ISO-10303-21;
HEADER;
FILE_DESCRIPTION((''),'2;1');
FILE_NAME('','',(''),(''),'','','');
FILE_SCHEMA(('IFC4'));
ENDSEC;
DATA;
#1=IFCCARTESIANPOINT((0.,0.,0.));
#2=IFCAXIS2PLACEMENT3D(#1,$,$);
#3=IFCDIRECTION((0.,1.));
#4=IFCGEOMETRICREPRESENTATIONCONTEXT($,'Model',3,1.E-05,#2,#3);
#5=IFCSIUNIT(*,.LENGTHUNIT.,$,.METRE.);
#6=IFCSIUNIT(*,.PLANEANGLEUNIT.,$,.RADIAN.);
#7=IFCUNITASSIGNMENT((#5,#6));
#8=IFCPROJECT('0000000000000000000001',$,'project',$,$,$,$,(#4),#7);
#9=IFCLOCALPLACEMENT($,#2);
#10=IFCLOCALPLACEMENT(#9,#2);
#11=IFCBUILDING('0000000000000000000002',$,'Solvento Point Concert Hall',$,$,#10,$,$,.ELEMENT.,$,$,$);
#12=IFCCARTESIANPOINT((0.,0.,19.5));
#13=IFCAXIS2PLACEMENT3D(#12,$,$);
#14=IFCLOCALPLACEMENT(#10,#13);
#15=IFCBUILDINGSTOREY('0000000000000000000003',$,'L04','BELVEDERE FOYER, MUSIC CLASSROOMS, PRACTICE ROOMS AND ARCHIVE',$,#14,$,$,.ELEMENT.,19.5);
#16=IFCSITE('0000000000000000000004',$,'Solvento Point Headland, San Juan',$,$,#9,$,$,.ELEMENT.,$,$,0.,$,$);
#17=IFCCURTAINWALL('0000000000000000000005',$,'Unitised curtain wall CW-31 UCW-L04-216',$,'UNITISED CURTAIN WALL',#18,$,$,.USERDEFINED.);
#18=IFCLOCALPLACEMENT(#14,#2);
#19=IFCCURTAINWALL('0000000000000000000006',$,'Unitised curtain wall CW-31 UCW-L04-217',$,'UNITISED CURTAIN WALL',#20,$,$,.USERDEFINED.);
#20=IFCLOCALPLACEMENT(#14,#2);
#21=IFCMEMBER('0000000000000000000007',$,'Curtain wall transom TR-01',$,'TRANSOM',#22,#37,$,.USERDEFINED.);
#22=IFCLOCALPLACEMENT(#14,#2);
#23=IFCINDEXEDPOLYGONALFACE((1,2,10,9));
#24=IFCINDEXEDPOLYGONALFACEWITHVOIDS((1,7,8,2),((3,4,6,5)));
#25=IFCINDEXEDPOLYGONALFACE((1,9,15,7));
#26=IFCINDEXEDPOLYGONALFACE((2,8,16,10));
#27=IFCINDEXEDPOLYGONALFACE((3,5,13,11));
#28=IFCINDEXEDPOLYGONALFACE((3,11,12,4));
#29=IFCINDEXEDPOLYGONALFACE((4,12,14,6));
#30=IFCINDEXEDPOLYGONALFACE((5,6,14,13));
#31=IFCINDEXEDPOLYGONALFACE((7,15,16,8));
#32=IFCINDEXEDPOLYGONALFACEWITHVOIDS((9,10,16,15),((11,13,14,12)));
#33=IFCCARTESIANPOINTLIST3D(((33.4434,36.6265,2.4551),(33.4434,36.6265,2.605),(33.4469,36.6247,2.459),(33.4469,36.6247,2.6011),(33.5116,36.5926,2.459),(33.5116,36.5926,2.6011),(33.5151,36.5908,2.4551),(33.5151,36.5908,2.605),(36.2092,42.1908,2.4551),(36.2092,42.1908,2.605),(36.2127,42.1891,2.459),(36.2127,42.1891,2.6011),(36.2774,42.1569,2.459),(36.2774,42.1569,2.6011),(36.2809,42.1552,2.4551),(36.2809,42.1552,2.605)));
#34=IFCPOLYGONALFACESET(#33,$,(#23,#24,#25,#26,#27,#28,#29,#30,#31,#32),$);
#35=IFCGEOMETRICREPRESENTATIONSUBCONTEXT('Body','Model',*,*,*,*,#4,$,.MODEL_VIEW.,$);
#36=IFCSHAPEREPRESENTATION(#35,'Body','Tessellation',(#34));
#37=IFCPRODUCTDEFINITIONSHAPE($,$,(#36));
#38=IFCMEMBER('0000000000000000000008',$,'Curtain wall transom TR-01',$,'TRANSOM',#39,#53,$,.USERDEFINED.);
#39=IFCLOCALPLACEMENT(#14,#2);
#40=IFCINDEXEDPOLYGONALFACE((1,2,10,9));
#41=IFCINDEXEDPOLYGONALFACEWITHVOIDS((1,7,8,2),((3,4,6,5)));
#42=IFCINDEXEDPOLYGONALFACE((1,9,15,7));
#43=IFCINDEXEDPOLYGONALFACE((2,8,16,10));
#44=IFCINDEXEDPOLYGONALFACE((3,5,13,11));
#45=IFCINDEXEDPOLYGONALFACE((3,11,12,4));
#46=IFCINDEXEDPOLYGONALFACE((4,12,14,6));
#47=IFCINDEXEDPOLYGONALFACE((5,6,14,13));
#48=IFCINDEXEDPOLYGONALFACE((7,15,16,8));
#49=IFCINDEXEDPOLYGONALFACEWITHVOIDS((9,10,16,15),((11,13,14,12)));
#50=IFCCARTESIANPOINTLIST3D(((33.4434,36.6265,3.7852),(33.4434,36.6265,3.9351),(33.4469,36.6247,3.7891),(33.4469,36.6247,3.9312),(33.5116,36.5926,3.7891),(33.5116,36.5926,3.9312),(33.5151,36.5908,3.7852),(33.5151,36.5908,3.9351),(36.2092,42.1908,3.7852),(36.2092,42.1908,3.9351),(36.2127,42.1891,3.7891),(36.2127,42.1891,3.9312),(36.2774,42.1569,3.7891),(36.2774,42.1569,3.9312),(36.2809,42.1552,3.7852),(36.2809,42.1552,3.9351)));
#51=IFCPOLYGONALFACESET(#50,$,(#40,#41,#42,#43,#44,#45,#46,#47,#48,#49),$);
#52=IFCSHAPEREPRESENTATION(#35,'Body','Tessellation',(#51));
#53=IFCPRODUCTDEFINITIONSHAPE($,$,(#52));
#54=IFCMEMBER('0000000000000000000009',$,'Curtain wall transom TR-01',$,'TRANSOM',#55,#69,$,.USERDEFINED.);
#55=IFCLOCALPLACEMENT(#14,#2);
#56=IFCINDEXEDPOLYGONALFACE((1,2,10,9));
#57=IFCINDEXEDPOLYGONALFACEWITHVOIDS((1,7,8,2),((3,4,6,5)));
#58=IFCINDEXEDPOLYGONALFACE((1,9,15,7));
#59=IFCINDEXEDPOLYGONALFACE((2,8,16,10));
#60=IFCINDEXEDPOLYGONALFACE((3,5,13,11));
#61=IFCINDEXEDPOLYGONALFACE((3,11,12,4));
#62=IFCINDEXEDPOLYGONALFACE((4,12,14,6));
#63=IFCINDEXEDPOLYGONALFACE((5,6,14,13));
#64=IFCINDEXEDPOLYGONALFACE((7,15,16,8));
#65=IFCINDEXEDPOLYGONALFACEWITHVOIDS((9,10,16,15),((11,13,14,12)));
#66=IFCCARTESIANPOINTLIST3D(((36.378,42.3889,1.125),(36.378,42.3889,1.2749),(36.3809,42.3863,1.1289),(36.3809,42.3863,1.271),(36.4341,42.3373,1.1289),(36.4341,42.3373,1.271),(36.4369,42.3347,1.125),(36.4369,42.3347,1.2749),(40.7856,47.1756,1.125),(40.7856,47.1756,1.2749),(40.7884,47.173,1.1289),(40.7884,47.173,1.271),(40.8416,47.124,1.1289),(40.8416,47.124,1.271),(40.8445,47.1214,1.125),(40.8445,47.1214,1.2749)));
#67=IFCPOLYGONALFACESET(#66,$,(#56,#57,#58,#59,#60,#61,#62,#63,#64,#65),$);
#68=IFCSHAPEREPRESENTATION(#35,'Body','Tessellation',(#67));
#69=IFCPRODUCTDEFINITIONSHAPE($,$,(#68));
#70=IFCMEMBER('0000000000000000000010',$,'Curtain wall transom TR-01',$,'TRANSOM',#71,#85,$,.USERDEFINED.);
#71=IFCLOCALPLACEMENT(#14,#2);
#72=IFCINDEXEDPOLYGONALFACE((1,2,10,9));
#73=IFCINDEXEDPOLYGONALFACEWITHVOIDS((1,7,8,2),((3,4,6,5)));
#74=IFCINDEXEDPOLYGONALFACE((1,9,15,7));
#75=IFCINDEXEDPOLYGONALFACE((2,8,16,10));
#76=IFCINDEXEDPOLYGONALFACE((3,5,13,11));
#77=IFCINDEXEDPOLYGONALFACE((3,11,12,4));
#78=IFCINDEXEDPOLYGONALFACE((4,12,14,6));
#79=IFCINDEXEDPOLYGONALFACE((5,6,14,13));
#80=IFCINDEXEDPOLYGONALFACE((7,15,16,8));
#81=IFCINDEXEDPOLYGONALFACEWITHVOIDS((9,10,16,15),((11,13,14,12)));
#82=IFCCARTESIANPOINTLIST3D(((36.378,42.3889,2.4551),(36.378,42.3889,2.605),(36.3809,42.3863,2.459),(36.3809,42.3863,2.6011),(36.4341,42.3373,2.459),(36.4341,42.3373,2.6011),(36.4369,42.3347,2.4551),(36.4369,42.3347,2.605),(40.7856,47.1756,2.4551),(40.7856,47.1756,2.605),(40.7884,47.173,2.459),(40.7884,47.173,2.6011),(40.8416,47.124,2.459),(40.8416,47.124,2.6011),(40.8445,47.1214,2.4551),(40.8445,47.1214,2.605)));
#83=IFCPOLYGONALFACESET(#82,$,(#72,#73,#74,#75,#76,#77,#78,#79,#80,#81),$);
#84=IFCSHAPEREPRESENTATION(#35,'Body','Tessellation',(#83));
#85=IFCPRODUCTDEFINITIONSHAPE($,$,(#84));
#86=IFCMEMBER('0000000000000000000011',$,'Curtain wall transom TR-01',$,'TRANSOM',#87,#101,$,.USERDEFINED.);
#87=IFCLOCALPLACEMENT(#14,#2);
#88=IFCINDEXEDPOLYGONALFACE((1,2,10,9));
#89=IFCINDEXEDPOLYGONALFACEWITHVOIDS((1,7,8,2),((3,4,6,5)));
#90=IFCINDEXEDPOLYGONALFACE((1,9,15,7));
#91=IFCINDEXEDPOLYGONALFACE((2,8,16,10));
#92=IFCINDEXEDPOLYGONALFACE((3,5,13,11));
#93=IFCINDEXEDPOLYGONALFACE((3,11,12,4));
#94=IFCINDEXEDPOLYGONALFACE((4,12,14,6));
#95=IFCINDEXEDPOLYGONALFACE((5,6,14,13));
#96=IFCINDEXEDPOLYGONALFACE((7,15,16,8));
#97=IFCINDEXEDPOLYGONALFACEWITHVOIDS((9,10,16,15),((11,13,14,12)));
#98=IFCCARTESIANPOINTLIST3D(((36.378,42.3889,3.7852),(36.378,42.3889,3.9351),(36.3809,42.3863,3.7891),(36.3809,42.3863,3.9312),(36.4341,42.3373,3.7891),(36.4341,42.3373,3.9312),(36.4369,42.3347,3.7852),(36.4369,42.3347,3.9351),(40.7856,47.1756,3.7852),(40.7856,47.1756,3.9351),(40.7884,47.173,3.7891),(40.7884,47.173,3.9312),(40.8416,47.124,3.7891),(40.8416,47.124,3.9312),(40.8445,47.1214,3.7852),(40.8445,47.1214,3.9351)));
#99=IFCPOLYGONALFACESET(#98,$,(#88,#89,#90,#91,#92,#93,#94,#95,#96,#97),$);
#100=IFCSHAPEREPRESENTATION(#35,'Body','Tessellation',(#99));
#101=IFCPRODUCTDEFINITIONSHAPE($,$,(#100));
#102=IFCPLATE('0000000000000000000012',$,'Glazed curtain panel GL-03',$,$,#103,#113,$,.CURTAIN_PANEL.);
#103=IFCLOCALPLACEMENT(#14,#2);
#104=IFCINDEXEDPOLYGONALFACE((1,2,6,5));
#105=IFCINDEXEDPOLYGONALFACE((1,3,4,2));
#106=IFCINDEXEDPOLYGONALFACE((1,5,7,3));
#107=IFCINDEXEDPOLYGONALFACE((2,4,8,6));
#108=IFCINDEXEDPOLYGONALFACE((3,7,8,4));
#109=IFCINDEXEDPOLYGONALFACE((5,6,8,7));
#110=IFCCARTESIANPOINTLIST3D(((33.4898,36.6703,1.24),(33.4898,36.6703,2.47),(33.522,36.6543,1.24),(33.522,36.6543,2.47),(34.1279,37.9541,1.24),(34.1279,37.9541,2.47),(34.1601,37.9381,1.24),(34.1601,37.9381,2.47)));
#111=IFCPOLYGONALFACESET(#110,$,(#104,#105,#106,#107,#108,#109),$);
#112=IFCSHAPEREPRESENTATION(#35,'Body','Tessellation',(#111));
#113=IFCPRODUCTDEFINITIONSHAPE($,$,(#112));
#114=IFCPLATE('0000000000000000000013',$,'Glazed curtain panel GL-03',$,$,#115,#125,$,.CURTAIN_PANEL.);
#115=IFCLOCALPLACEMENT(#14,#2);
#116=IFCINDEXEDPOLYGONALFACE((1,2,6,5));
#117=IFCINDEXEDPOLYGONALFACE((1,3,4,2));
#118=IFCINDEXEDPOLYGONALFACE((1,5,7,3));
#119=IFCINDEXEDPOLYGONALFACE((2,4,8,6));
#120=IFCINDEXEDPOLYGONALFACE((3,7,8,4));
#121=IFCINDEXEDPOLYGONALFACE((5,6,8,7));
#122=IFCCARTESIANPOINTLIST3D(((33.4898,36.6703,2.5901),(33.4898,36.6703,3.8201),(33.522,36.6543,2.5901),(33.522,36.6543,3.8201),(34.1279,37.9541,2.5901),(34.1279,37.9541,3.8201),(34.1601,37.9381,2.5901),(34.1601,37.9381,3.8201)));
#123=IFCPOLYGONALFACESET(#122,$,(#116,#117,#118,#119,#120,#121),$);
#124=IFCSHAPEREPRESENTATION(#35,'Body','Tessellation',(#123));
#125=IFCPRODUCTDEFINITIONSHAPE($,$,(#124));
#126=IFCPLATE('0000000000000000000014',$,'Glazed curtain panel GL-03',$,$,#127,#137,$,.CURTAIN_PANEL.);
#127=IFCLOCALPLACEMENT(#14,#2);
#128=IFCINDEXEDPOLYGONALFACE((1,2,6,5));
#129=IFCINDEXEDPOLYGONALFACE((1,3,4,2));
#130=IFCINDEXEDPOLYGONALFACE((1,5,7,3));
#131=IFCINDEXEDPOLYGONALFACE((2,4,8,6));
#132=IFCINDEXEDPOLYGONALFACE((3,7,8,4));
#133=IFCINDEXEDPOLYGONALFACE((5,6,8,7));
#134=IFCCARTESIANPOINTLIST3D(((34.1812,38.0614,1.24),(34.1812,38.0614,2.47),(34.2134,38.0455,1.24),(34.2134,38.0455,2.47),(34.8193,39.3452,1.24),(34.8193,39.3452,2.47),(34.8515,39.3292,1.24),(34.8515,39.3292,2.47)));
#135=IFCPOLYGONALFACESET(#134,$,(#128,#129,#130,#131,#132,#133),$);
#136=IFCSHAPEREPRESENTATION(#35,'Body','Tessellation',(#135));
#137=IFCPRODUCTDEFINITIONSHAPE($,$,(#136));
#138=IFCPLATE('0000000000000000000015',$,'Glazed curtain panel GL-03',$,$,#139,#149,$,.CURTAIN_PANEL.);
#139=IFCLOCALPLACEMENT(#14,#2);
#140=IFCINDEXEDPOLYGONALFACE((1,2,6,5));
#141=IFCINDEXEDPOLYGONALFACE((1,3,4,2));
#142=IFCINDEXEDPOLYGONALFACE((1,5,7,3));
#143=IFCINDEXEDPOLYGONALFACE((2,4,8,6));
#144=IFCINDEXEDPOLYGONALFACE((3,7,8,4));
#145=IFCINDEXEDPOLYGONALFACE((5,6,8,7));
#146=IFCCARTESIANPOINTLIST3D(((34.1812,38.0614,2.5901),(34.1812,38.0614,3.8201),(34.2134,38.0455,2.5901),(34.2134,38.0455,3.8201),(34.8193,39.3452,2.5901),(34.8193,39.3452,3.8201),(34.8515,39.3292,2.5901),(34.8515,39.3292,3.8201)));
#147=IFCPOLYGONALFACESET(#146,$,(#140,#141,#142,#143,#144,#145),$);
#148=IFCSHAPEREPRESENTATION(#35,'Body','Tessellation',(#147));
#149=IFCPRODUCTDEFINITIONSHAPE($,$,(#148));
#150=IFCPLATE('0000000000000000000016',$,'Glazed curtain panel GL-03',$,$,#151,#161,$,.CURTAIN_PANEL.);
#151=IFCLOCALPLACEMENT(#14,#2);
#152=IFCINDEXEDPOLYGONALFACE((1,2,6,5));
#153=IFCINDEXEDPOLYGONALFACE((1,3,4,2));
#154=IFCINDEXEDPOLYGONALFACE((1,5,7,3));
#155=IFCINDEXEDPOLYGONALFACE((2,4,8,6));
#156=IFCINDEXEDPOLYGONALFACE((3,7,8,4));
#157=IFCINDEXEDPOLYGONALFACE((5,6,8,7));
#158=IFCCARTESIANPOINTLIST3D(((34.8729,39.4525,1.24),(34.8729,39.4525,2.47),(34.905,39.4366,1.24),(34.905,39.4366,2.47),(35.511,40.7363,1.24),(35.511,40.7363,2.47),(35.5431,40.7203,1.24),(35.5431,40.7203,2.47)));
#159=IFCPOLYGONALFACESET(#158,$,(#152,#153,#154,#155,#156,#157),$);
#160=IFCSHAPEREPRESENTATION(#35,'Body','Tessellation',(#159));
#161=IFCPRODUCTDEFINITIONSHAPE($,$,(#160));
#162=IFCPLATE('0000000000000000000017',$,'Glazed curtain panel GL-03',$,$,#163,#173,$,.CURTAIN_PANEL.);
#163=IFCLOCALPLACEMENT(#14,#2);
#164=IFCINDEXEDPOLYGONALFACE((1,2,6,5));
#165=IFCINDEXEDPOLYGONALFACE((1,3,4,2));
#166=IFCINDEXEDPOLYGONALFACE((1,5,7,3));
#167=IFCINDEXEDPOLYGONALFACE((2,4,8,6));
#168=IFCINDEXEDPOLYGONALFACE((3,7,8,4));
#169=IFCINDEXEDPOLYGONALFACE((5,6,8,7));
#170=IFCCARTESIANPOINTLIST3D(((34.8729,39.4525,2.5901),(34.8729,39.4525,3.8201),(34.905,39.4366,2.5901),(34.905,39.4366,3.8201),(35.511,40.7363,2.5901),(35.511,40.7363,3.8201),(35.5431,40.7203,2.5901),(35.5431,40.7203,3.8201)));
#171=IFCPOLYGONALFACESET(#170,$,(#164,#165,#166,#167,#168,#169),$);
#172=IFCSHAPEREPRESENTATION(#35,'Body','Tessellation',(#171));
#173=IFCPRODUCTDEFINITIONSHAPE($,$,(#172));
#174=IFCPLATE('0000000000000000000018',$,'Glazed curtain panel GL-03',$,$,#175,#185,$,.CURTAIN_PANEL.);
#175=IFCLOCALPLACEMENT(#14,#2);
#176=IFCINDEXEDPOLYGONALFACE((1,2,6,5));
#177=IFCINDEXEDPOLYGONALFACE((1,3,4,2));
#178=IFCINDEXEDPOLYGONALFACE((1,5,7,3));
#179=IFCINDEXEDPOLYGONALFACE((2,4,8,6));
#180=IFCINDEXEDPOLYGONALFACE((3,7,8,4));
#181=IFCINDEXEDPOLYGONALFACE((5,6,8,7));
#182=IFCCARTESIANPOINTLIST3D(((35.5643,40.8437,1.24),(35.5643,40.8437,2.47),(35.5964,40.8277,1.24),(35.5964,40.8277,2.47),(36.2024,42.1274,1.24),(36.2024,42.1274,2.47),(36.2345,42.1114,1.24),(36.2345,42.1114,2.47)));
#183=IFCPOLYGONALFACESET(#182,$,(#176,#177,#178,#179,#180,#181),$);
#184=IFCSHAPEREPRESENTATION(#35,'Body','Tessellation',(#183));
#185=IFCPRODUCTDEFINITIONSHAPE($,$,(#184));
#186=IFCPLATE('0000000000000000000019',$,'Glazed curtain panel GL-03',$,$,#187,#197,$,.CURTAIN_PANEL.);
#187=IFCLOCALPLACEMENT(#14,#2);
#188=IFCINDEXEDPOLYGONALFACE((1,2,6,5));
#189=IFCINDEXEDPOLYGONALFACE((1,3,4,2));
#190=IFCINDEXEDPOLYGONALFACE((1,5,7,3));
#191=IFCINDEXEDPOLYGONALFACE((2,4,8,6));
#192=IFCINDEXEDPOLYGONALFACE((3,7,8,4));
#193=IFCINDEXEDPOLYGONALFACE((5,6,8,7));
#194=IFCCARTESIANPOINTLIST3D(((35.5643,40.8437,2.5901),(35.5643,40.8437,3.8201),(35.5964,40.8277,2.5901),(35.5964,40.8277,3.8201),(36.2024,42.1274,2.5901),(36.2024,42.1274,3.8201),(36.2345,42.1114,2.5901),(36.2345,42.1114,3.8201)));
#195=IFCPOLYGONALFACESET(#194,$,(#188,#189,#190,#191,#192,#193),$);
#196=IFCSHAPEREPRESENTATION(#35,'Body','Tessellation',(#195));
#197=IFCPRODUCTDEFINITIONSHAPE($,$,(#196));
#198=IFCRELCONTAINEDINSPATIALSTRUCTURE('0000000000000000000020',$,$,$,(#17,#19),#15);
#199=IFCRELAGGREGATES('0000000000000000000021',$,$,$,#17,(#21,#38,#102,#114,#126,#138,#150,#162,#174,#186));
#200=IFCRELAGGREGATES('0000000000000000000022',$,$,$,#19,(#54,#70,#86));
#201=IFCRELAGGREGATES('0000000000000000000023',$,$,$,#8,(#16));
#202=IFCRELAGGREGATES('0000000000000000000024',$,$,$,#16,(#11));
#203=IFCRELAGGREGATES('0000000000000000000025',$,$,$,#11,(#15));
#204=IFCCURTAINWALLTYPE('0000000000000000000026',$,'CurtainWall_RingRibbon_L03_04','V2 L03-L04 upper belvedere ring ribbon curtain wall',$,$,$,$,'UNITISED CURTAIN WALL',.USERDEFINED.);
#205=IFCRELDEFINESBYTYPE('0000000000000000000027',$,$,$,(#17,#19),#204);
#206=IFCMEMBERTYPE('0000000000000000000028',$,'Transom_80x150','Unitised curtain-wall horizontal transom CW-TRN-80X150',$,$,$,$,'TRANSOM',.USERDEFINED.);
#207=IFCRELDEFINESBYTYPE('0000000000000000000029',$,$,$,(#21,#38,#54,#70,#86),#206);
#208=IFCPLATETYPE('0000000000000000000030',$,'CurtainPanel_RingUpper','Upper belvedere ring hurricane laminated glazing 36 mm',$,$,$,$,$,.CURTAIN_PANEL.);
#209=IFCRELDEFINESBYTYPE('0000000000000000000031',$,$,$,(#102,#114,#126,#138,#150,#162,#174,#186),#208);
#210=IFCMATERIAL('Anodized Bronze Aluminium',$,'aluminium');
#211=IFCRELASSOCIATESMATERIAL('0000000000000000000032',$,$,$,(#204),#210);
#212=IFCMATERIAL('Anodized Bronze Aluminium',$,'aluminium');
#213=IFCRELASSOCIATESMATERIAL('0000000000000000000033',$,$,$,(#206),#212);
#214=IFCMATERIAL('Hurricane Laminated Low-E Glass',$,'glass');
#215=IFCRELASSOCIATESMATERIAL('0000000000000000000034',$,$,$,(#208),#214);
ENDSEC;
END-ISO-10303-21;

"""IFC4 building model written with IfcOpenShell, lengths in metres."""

from ifc_helpers import new_model, si_unit, direction, frame, origin, origin_2d, place, context, subcontext, project, spatial, rectangle, hollow_rectangle, extrude, material, material_profile, profile_set, type_object, element, aggregate, save


model = new_model("IFC4")

# Units and contexts
model_context = context("Model", 3, precision=1e-05, world=origin(), true_north=direction((0.0, 1.0)))
body_context = subcontext(model_context, "Body", "Model", "MODEL_VIEW")
ifc_project = project(units=[si_unit("LENGTHUNIT", "METRE"), si_unit("PLANEANGLEUNIT", "RADIAN")], contexts=[model_context])

# Site, building, storey
site_placement = place(None, origin())
site = spatial("IfcSite", under=ifc_project, at=site_placement, Name="Solvento Point Headland, San Juan", CompositionType="ELEMENT", RefElevation=0.0)
building_placement = place(site_placement, origin())
building = spatial("IfcBuilding", under=site, at=building_placement, Name="Solvento Point Concert Hall", CompositionType="ELEMENT")
storey_placement = place(building_placement, frame((0.0, 0.0, 19.5)))
storey = spatial("IfcBuildingStorey", under=building, at=storey_placement, Name="L04", Description="BELVEDERE FOYER, MUSIC CLASSROOMS, PRACTICE ROOMS AND ARCHIVE", CompositionType="ELEMENT", Elevation=19.5)

# Curtain walls
ifc_material_1 = material(Name="Anodized Bronze Aluminium", Category="aluminium")
curtain_wall_type = type_object("IfcCurtainWallType", Name="CurtainWall_RingRibbon_L03_04", Description="V2 L03-L04 upper belvedere ring ribbon curtain wall", ElementType="UNITISED CURTAIN WALL", PredefinedType="USERDEFINED", material=ifc_material_1)
curtain_wall_1_placement = place(storey_placement, origin())
curtain_wall_1 = element("IfcCurtainWall", 1, at=curtain_wall_1_placement, inside=storey, type_object=curtain_wall_type, Name="Unitised curtain wall CW-31 UCW-L04-216", ObjectType="UNITISED CURTAIN WALL", PredefinedType="USERDEFINED")
curtain_wall_2_placement = place(storey_placement, origin())
curtain_wall_2 = element("IfcCurtainWall", 2, at=curtain_wall_2_placement, inside=storey, type_object=curtain_wall_type, Name="Unitised curtain wall CW-31 UCW-L04-217", ObjectType="UNITISED CURTAIN WALL", PredefinedType="USERDEFINED")

# Members
ifc_material_2 = material(Name="Anodized Bronze Aluminium", Category="aluminium")
ifc_material_profile_1 = material_profile(ifc_material_2, hollow_rectangle(XDim=0.0801, YDim=0.1499, WallThickness=0.0039, at=origin_2d()), Name="CW-TRN-80X150")
ifc_profile_set_1 = profile_set([ifc_material_profile_1], Name="Anodized Bronze Aluminium")
member_type_1 = type_object("IfcMemberType", Name="Transom_80x150", Description="Unitised curtain-wall horizontal transom CW-TRN-80X150", ElementType="TRANSOM", PredefinedType="USERDEFINED", material=ifc_profile_set_1)
member_1_placement = place(storey_placement, frame((33.4792, 36.6086, 2.53), z_axis=(0.445106, 0.895478, 0.0), x_axis=(-0.895478, 0.445106, 0.0)))
member_1 = element("IfcMember", 3, at=member_1_placement, type_object=member_type_1, Name="Curtain wall transom TR-01", ObjectType="TRANSOM", PredefinedType="USERDEFINED", context=body_context, shape_type="SweptSolid", body=[
    extrude(hollow_rectangle(XDim=0.0801, YDim=0.1499, WallThickness=0.0039, at=origin_2d()), origin(), (0.0, 0.0, 1.0), 6.2139),
])
member_2_placement = place(storey_placement, frame((33.4792, 36.6086, 3.8601), z_axis=(0.445106, 0.895478, 0.0), x_axis=(-0.895478, 0.445106, 0.0)))
member_2 = element("IfcMember", 4, at=member_2_placement, type_object=member_type_1, Name="Curtain wall transom TR-01", ObjectType="TRANSOM", PredefinedType="USERDEFINED", context=body_context, shape_type="SweptSolid", body=[
    extrude(hollow_rectangle(XDim=0.0801, YDim=0.1499, WallThickness=0.0039, at=origin_2d()), origin(), (0.0, 0.0, 1.0), 6.2139),
])
member_3_placement = place(storey_placement, frame((36.4075, 42.3618, 1.2), z_axis=(0.677371, 0.735642, 0.0), x_axis=(-0.735642, 0.677371, 0.0)))
member_3 = element("IfcMember", 5, at=member_3_placement, type_object=member_type_1, Name="Curtain wall transom TR-01", ObjectType="TRANSOM", PredefinedType="USERDEFINED", context=body_context, shape_type="SweptSolid", body=[
    extrude(hollow_rectangle(XDim=0.0801, YDim=0.1499, WallThickness=0.0039, at=origin_2d()), origin(), (0.0, 0.0, 1.0), 6.5068),
])
member_4_placement = place(storey_placement, frame((36.4075, 42.3618, 2.53), z_axis=(0.677371, 0.735642, 0.0), x_axis=(-0.735642, 0.677371, 0.0)))
member_4 = element("IfcMember", 6, at=member_4_placement, type_object=member_type_1, Name="Curtain wall transom TR-01", ObjectType="TRANSOM", PredefinedType="USERDEFINED", context=body_context, shape_type="SweptSolid", body=[
    extrude(hollow_rectangle(XDim=0.0801, YDim=0.1499, WallThickness=0.0039, at=origin_2d()), origin(), (0.0, 0.0, 1.0), 6.5068),
])
member_5_placement = place(storey_placement, frame((36.4075, 42.3618, 3.8601), z_axis=(0.677371, 0.735642, 0.0), x_axis=(-0.735642, 0.677371, 0.0)))
member_5 = element("IfcMember", 7, at=member_5_placement, type_object=member_type_1, Name="Curtain wall transom TR-01", ObjectType="TRANSOM", PredefinedType="USERDEFINED", context=body_context, shape_type="SweptSolid", body=[
    extrude(hollow_rectangle(XDim=0.0801, YDim=0.1499, WallThickness=0.0039, at=origin_2d()), origin(), (0.0, 0.0, 1.0), 6.5068),
])

# Plates
ifc_material_3 = material(Name="Hurricane Laminated Low-E Glass", Category="glass")
plate_type = type_object("IfcPlateType", Name="CurtainPanel_RingUpper", Description="Upper belvedere ring hurricane laminated glazing 36 mm", PredefinedType="CURTAIN_PANEL", material=ifc_material_3)
plate_1_placement = place(storey_placement, frame((33.825, 37.3042, 1.24), z_axis=(0.0, 0.0, 1.0), x_axis=(0.445115, 0.895473, 0.0)))
plate_1 = element("IfcPlate", 8, at=plate_1_placement, type_object=plate_type, Name="Glazed curtain panel GL-03", PredefinedType="CURTAIN_PANEL", context=body_context, shape_type="SweptSolid", body=[
    extrude(rectangle(XDim=1.4336, YDim=0.0359, at=origin_2d()), origin(), (0.0, 0.0, 1.0), 1.23),
])
plate_2_placement = place(storey_placement, frame((33.825, 37.3042, 2.5901), z_axis=(0.0, 0.0, 1.0), x_axis=(0.445115, 0.895473, 0.0)))
plate_2 = element("IfcPlate", 9, at=plate_2_placement, type_object=plate_type, Name="Glazed curtain panel GL-03", PredefinedType="CURTAIN_PANEL", context=body_context, shape_type="SweptSolid", body=[
    extrude(rectangle(XDim=1.4336, YDim=0.0359, at=origin_2d()), origin(), (0.0, 0.0, 1.0), 1.23),
])
plate_3_placement = place(storey_placement, frame((34.5164, 38.6953, 1.24), z_axis=(0.0, 0.0, 1.0), x_axis=(0.445115, 0.895473, 0.0)))
plate_3 = element("IfcPlate", 10, at=plate_3_placement, type_object=plate_type, Name="Glazed curtain panel GL-03", PredefinedType="CURTAIN_PANEL", context=body_context, shape_type="SweptSolid", body=[
    extrude(rectangle(XDim=1.4336, YDim=0.0359, at=origin_2d()), origin(), (0.0, 0.0, 1.0), 1.23),
])
plate_4_placement = place(storey_placement, frame((34.5164, 38.6953, 2.5901), z_axis=(0.0, 0.0, 1.0), x_axis=(0.445115, 0.895473, 0.0)))
plate_4 = element("IfcPlate", 11, at=plate_4_placement, type_object=plate_type, Name="Glazed curtain panel GL-03", PredefinedType="CURTAIN_PANEL", context=body_context, shape_type="SweptSolid", body=[
    extrude(rectangle(XDim=1.4336, YDim=0.0359, at=origin_2d()), origin(), (0.0, 0.0, 1.0), 1.23),
])
plate_5_placement = place(storey_placement, frame((35.208, 40.0864, 1.24), z_axis=(0.0, 0.0, 1.0), x_axis=(0.445115, 0.895473, 0.0)))
plate_5 = element("IfcPlate", 12, at=plate_5_placement, type_object=plate_type, Name="Glazed curtain panel GL-03", PredefinedType="CURTAIN_PANEL", context=body_context, shape_type="SweptSolid", body=[
    extrude(rectangle(XDim=1.4336, YDim=0.0359, at=origin_2d()), origin(), (0.0, 0.0, 1.0), 1.23),
])
plate_6_placement = place(storey_placement, frame((35.208, 40.0864, 2.5901), z_axis=(0.0, 0.0, 1.0), x_axis=(0.445115, 0.895473, 0.0)))
plate_6 = element("IfcPlate", 13, at=plate_6_placement, type_object=plate_type, Name="Glazed curtain panel GL-03", PredefinedType="CURTAIN_PANEL", context=body_context, shape_type="SweptSolid", body=[
    extrude(rectangle(XDim=1.4336, YDim=0.0359, at=origin_2d()), origin(), (0.0, 0.0, 1.0), 1.23),
])
plate_7_placement = place(storey_placement, frame((35.8994, 41.4775, 1.24), z_axis=(0.0, 0.0, 1.0), x_axis=(0.445115, 0.895473, 0.0)))
plate_7 = element("IfcPlate", 14, at=plate_7_placement, type_object=plate_type, Name="Glazed curtain panel GL-03", PredefinedType="CURTAIN_PANEL", context=body_context, shape_type="SweptSolid", body=[
    extrude(rectangle(XDim=1.4336, YDim=0.0359, at=origin_2d()), origin(), (0.0, 0.0, 1.0), 1.23),
])
plate_8_placement = place(storey_placement, frame((35.8994, 41.4775, 2.5901), z_axis=(0.0, 0.0, 1.0), x_axis=(0.445115, 0.895473, 0.0)))
plate_8 = element("IfcPlate", 15, at=plate_8_placement, type_object=plate_type, Name="Glazed curtain panel GL-03", PredefinedType="CURTAIN_PANEL", context=body_context, shape_type="SweptSolid", body=[
    extrude(rectangle(XDim=1.4336, YDim=0.0359, at=origin_2d()), origin(), (0.0, 0.0, 1.0), 1.23),
])
aggregate(curtain_wall_1, [member_1, member_2, plate_1, plate_2, plate_3, plate_4, plate_5, plate_6, plate_7, plate_8])
aggregate(curtain_wall_2, [member_3, member_4, member_5])

save(model, "model.ifc")
